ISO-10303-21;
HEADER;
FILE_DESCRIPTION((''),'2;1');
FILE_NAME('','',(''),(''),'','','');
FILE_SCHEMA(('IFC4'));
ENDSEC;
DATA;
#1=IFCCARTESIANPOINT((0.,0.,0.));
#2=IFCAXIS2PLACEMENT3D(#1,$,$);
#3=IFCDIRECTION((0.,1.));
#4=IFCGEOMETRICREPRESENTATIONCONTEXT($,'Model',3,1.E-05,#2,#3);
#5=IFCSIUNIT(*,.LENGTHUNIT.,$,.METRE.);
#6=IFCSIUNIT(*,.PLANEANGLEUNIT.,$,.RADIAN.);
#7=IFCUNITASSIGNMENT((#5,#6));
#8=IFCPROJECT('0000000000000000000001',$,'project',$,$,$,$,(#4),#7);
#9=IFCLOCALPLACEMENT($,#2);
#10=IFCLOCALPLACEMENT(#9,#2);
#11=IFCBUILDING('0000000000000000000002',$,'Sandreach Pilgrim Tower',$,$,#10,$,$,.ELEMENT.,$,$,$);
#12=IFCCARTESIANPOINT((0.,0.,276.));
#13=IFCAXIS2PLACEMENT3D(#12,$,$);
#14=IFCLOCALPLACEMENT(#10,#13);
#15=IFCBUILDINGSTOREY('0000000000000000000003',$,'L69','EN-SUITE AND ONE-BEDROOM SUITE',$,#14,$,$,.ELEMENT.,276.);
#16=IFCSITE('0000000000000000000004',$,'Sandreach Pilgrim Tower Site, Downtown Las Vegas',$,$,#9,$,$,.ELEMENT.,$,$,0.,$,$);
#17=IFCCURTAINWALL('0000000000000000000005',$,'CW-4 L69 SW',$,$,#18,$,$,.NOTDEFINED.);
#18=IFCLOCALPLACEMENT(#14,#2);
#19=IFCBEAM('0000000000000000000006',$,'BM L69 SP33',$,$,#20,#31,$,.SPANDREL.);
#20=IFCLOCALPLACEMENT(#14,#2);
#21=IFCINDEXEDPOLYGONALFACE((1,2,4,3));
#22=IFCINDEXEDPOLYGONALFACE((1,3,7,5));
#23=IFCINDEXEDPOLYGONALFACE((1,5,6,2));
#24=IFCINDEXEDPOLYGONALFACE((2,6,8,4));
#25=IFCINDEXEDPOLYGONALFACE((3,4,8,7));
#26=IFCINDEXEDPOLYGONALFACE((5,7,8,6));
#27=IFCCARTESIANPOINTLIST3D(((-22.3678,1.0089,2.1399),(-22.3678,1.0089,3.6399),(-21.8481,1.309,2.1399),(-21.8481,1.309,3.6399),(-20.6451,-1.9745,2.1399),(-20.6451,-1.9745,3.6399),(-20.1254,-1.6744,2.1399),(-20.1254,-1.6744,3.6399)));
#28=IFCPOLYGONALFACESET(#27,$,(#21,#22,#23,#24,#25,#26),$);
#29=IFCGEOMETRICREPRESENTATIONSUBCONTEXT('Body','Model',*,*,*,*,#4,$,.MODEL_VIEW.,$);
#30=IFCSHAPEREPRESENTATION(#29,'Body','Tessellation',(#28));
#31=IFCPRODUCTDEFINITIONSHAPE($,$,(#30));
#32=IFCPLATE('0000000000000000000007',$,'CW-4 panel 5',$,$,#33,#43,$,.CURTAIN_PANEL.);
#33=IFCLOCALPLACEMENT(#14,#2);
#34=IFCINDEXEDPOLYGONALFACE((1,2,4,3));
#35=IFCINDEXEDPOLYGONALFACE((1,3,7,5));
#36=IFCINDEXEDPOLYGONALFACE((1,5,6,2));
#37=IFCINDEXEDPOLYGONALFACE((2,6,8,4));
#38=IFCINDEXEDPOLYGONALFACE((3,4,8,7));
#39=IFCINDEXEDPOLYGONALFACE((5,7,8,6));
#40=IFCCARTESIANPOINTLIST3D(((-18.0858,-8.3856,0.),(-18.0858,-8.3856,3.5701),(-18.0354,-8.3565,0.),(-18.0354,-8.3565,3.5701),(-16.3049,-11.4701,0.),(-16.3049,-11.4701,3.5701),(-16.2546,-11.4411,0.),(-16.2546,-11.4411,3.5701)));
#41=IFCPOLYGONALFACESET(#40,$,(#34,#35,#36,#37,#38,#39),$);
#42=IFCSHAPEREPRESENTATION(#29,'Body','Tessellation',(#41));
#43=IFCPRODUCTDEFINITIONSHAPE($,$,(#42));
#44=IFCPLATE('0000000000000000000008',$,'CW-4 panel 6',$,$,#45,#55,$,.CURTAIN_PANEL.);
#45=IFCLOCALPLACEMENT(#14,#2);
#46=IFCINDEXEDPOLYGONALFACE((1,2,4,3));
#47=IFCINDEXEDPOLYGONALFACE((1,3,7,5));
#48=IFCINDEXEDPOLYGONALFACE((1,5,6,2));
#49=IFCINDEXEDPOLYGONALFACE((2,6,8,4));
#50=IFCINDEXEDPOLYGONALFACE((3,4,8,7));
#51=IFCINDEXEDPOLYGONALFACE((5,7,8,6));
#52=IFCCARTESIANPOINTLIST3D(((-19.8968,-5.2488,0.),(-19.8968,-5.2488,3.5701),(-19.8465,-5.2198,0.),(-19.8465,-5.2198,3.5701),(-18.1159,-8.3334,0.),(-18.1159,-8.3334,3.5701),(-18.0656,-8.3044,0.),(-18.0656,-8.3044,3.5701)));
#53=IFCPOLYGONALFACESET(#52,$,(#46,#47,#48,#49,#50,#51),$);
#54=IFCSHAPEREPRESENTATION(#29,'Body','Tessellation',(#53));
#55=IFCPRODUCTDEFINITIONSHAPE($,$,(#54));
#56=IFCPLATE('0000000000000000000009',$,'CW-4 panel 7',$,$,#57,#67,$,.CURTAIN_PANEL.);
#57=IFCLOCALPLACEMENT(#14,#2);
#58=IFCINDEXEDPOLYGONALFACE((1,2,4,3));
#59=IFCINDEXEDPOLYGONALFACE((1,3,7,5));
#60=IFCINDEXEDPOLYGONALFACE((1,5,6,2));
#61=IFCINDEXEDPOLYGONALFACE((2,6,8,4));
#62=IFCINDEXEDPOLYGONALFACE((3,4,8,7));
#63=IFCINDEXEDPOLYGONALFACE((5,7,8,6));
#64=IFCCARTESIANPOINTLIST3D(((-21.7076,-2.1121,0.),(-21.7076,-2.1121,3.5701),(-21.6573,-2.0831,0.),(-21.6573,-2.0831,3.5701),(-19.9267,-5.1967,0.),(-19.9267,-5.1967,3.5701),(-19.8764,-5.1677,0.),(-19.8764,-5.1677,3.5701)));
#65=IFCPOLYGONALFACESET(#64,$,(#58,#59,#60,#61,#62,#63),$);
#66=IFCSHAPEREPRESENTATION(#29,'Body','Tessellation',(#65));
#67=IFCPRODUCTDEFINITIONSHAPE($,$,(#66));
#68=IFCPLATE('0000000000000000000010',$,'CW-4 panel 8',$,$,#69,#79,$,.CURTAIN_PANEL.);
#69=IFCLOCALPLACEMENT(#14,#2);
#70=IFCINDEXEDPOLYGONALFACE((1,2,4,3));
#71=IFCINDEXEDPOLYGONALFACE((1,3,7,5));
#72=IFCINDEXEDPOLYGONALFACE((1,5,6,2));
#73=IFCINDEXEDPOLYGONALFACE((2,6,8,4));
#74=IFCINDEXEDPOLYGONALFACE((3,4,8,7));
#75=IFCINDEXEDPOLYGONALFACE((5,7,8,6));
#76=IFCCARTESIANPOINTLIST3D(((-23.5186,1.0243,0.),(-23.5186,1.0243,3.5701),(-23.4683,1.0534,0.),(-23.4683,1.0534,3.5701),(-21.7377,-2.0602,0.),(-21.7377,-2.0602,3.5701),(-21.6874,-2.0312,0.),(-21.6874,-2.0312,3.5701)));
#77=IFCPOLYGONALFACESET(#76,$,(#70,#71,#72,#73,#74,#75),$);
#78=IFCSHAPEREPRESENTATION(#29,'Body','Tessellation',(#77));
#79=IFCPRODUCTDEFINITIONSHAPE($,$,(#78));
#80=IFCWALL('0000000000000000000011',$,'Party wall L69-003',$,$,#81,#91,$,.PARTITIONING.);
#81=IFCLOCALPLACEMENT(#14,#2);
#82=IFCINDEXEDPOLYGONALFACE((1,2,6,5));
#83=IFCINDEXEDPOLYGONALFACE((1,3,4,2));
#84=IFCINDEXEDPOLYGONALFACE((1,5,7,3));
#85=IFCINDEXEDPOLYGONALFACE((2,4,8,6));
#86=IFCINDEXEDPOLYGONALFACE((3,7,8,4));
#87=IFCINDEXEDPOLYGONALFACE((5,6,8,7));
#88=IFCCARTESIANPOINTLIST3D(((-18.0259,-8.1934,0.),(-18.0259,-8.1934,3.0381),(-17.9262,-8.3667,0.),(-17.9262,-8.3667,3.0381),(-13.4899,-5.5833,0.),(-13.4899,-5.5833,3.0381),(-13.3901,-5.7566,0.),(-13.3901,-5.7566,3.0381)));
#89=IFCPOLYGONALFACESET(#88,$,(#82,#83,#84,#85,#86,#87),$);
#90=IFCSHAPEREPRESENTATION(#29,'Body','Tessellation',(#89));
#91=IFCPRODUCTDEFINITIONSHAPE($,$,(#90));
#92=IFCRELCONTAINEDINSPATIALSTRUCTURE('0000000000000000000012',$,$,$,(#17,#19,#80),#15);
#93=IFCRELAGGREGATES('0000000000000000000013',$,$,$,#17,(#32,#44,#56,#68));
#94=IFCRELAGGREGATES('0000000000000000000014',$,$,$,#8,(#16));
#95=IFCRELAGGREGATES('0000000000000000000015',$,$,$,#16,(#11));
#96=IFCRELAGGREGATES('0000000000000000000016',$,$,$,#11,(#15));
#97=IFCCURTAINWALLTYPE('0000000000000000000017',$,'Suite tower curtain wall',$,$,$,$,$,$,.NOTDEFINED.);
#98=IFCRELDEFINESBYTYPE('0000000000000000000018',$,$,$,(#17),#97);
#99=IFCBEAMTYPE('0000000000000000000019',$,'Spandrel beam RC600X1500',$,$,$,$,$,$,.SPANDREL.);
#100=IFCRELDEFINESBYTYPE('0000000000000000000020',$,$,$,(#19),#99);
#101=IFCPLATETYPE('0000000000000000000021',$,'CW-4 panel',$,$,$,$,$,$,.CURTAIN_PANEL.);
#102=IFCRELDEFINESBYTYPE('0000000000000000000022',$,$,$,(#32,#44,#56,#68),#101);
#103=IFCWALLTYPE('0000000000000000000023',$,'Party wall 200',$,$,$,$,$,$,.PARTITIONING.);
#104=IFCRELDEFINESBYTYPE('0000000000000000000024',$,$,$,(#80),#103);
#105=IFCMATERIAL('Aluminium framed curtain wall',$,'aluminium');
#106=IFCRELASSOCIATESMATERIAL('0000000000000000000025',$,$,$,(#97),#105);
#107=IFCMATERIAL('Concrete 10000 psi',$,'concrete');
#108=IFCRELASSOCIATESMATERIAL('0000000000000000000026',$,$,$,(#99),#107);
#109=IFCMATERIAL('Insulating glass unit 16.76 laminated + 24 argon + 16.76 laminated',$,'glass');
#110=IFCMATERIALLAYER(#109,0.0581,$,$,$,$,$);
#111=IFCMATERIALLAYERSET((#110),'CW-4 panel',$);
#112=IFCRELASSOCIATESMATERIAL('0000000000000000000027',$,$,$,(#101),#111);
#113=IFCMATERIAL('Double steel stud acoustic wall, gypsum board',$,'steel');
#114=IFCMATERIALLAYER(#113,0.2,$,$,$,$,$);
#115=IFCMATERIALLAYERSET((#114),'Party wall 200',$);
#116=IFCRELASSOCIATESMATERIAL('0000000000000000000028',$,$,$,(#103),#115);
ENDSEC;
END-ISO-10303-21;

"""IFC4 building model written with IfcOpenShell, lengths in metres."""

from ifc_helpers import new_model, si_unit, direction, frame, frame_2d, origin, origin_2d, place, context, subcontext, project, spatial, rectangle, extrude, material, layer, layer_set, material_profile, profile_set, type_object, element, aggregate, save


model = new_model("IFC4")

# Units and contexts
model_context = context("Model", 3, precision=1e-05, world=origin(), true_north=direction((0.0, 1.0)))
body_context = subcontext(model_context, "Body", "Model", "MODEL_VIEW")
ifc_project = project(units=[si_unit("LENGTHUNIT", "METRE"), si_unit("PLANEANGLEUNIT", "RADIAN")], contexts=[model_context])

# Site, building, storey
site_placement = place(None, origin())
site = spatial("IfcSite", under=ifc_project, at=site_placement, Name="Sandreach Pilgrim Tower Site, Downtown Las Vegas", CompositionType="ELEMENT", RefElevation=0.0)
building_placement = place(site_placement, origin())
building = spatial("IfcBuilding", under=site, at=building_placement, Name="Sandreach Pilgrim Tower", CompositionType="ELEMENT")
storey_placement = place(building_placement, frame((0.0, 0.0, 276.0)))
storey = spatial("IfcBuildingStorey", under=building, at=storey_placement, Name="L69", Description="EN-SUITE AND ONE-BEDROOM SUITE", CompositionType="ELEMENT", Elevation=276.0)

# Curtain wall
ifc_material_1 = material(Name="Aluminium framed curtain wall", Category="aluminium")
curtain_wall_type = type_object("IfcCurtainWallType", Name="Suite tower curtain wall", PredefinedType="NOTDEFINED", material=ifc_material_1)
curtain_wall_placement = place(storey_placement, origin())
curtain_wall = element("IfcCurtainWall", 1, at=curtain_wall_placement, inside=storey, type_object=curtain_wall_type, Name="CW-4 L69 SW", PredefinedType="NOTDEFINED")

# Beam
ifc_material_2 = material(Name="Concrete 10000 psi", Category="concrete")
ifc_material_profile_1 = material_profile(ifc_material_2, rectangle(XDim=0.6001, YDim=1.5, at=origin_2d()), Name="RC600X1500")
ifc_profile_set_1 = profile_set([ifc_material_profile_1], Name="Concrete 10000 psi")
beam_type_1 = type_object("IfcBeamType", Name="Spandrel beam RC600X1500", PredefinedType="SPANDREL", material=ifc_profile_set_1)
for number, where, z_axis, x_axis, name in (
    (2, (-20.3853, -1.8245, 2.8899), (-0.500041, 0.866001, 0.0), (-0.866001, -0.500041, 0.0), "BM L69 SP33"),
):
    element("IfcBeam", number, at=place(storey_placement, frame(where, z_axis=z_axis, x_axis=x_axis)), inside=storey, type_object=beam_type_1, Name=name, PredefinedType="SPANDREL", context=body_context, shape_type="SweptSolid", body=[
        extrude(rectangle(XDim=0.6001, YDim=1.5, at=origin_2d()), origin(), (0.0, 0.0, 1.0), 3.4451),
    ])

# Plates
ifc_material_3 = material(Name="Insulating glass unit 16.76 laminated + 24 argon + 16.76 laminated", Category="glass")
ifc_layer_1 = layer(ifc_material_3, 0.0581)
ifc_layer_set_1 = layer_set([ifc_layer_1], Name="CW-4 panel")
plate_type = type_object("IfcPlateType", Name="CW-4 panel", PredefinedType="CURTAIN_PANEL", material=ifc_layer_set_1)
plate_1_placement = place(storey_placement, frame((-17.1702, -9.9133, 0.0), z_axis=(0.0, 0.0, 1.0), x_axis=(-0.5, 0.866025, 0.0)))
plate_1 = element("IfcPlate", 3, at=plate_1_placement, type_object=plate_type, Name="CW-4 panel 5", PredefinedType="CURTAIN_PANEL", context=body_context, shape_type="SweptSolid", body=[
    extrude(rectangle(XDim=3.5618, YDim=0.0581, at=origin_2d()), origin(), (0.0, 0.0, 1.0), 3.5701),
])
plate_2_placement = place(storey_placement, frame((-18.9812, -6.7766, 0.0), z_axis=(0.0, 0.0, 1.0), x_axis=(-0.5, 0.866025, 0.0)))
plate_2 = element("IfcPlate", 4, at=plate_2_placement, type_object=plate_type, Name="CW-4 panel 6", PredefinedType="CURTAIN_PANEL", context=body_context, shape_type="SweptSolid", body=[
    extrude(rectangle(XDim=3.5618, YDim=0.0581, at=origin_2d()), origin(), (0.0, 0.0, 1.0), 3.5701),
])
plate_3_placement = place(storey_placement, frame((-20.792, -3.6399, 0.0), z_axis=(0.0, 0.0, 1.0), x_axis=(-0.5, 0.866025, 0.0)))
plate_3 = element("IfcPlate", 5, at=plate_3_placement, type_object=plate_type, Name="CW-4 panel 7", PredefinedType="CURTAIN_PANEL", context=body_context, shape_type="SweptSolid", body=[
    extrude(rectangle(XDim=3.5618, YDim=0.0581, at=origin_2d()), origin(), (0.0, 0.0, 1.0), 3.5701),
])
plate_4_placement = place(storey_placement, frame((-22.603, -0.5034, 0.0), z_axis=(0.0, 0.0, 1.0), x_axis=(-0.5, 0.866025, 0.0)))
plate_4 = element("IfcPlate", 6, at=plate_4_placement, type_object=plate_type, Name="CW-4 panel 8", PredefinedType="CURTAIN_PANEL", context=body_context, shape_type="SweptSolid", body=[
    extrude(rectangle(XDim=3.5618, YDim=0.0581, at=origin_2d()), origin(), (0.0, 0.0, 1.0), 3.5701),
])
aggregate(curtain_wall, [plate_1, plate_2, plate_3, plate_4])

# Wall
ifc_material_4 = material(Name="Double steel stud acoustic wall, gypsum board", Category="steel")
ifc_layer_2 = layer(ifc_material_4, 0.2)
ifc_layer_set_2 = layer_set([ifc_layer_2], Name="Party wall 200")
wall_type = type_object("IfcWallType", Name="Party wall 200", PredefinedType="PARTITIONING", material=ifc_layer_set_2)
wall_placement = place(storey_placement, frame((-17.9761, -8.28, 0.0), z_axis=(0.0, 0.0, 1.0), x_axis=(0.866755, 0.498734, 0.0)))
element("IfcWall", 7, at=wall_placement, inside=storey, type_object=wall_type, Name="Party wall L69-003", PredefinedType="PARTITIONING", context=body_context, shape_type="SweptSolid", body=[
    extrude(rectangle(XDim=5.2334, YDim=0.2, at=frame_2d((2.6167, 0.0))), origin(), (0.0, 0.0, 1.0), 3.0381),
])

save(model, "model.ifc")
